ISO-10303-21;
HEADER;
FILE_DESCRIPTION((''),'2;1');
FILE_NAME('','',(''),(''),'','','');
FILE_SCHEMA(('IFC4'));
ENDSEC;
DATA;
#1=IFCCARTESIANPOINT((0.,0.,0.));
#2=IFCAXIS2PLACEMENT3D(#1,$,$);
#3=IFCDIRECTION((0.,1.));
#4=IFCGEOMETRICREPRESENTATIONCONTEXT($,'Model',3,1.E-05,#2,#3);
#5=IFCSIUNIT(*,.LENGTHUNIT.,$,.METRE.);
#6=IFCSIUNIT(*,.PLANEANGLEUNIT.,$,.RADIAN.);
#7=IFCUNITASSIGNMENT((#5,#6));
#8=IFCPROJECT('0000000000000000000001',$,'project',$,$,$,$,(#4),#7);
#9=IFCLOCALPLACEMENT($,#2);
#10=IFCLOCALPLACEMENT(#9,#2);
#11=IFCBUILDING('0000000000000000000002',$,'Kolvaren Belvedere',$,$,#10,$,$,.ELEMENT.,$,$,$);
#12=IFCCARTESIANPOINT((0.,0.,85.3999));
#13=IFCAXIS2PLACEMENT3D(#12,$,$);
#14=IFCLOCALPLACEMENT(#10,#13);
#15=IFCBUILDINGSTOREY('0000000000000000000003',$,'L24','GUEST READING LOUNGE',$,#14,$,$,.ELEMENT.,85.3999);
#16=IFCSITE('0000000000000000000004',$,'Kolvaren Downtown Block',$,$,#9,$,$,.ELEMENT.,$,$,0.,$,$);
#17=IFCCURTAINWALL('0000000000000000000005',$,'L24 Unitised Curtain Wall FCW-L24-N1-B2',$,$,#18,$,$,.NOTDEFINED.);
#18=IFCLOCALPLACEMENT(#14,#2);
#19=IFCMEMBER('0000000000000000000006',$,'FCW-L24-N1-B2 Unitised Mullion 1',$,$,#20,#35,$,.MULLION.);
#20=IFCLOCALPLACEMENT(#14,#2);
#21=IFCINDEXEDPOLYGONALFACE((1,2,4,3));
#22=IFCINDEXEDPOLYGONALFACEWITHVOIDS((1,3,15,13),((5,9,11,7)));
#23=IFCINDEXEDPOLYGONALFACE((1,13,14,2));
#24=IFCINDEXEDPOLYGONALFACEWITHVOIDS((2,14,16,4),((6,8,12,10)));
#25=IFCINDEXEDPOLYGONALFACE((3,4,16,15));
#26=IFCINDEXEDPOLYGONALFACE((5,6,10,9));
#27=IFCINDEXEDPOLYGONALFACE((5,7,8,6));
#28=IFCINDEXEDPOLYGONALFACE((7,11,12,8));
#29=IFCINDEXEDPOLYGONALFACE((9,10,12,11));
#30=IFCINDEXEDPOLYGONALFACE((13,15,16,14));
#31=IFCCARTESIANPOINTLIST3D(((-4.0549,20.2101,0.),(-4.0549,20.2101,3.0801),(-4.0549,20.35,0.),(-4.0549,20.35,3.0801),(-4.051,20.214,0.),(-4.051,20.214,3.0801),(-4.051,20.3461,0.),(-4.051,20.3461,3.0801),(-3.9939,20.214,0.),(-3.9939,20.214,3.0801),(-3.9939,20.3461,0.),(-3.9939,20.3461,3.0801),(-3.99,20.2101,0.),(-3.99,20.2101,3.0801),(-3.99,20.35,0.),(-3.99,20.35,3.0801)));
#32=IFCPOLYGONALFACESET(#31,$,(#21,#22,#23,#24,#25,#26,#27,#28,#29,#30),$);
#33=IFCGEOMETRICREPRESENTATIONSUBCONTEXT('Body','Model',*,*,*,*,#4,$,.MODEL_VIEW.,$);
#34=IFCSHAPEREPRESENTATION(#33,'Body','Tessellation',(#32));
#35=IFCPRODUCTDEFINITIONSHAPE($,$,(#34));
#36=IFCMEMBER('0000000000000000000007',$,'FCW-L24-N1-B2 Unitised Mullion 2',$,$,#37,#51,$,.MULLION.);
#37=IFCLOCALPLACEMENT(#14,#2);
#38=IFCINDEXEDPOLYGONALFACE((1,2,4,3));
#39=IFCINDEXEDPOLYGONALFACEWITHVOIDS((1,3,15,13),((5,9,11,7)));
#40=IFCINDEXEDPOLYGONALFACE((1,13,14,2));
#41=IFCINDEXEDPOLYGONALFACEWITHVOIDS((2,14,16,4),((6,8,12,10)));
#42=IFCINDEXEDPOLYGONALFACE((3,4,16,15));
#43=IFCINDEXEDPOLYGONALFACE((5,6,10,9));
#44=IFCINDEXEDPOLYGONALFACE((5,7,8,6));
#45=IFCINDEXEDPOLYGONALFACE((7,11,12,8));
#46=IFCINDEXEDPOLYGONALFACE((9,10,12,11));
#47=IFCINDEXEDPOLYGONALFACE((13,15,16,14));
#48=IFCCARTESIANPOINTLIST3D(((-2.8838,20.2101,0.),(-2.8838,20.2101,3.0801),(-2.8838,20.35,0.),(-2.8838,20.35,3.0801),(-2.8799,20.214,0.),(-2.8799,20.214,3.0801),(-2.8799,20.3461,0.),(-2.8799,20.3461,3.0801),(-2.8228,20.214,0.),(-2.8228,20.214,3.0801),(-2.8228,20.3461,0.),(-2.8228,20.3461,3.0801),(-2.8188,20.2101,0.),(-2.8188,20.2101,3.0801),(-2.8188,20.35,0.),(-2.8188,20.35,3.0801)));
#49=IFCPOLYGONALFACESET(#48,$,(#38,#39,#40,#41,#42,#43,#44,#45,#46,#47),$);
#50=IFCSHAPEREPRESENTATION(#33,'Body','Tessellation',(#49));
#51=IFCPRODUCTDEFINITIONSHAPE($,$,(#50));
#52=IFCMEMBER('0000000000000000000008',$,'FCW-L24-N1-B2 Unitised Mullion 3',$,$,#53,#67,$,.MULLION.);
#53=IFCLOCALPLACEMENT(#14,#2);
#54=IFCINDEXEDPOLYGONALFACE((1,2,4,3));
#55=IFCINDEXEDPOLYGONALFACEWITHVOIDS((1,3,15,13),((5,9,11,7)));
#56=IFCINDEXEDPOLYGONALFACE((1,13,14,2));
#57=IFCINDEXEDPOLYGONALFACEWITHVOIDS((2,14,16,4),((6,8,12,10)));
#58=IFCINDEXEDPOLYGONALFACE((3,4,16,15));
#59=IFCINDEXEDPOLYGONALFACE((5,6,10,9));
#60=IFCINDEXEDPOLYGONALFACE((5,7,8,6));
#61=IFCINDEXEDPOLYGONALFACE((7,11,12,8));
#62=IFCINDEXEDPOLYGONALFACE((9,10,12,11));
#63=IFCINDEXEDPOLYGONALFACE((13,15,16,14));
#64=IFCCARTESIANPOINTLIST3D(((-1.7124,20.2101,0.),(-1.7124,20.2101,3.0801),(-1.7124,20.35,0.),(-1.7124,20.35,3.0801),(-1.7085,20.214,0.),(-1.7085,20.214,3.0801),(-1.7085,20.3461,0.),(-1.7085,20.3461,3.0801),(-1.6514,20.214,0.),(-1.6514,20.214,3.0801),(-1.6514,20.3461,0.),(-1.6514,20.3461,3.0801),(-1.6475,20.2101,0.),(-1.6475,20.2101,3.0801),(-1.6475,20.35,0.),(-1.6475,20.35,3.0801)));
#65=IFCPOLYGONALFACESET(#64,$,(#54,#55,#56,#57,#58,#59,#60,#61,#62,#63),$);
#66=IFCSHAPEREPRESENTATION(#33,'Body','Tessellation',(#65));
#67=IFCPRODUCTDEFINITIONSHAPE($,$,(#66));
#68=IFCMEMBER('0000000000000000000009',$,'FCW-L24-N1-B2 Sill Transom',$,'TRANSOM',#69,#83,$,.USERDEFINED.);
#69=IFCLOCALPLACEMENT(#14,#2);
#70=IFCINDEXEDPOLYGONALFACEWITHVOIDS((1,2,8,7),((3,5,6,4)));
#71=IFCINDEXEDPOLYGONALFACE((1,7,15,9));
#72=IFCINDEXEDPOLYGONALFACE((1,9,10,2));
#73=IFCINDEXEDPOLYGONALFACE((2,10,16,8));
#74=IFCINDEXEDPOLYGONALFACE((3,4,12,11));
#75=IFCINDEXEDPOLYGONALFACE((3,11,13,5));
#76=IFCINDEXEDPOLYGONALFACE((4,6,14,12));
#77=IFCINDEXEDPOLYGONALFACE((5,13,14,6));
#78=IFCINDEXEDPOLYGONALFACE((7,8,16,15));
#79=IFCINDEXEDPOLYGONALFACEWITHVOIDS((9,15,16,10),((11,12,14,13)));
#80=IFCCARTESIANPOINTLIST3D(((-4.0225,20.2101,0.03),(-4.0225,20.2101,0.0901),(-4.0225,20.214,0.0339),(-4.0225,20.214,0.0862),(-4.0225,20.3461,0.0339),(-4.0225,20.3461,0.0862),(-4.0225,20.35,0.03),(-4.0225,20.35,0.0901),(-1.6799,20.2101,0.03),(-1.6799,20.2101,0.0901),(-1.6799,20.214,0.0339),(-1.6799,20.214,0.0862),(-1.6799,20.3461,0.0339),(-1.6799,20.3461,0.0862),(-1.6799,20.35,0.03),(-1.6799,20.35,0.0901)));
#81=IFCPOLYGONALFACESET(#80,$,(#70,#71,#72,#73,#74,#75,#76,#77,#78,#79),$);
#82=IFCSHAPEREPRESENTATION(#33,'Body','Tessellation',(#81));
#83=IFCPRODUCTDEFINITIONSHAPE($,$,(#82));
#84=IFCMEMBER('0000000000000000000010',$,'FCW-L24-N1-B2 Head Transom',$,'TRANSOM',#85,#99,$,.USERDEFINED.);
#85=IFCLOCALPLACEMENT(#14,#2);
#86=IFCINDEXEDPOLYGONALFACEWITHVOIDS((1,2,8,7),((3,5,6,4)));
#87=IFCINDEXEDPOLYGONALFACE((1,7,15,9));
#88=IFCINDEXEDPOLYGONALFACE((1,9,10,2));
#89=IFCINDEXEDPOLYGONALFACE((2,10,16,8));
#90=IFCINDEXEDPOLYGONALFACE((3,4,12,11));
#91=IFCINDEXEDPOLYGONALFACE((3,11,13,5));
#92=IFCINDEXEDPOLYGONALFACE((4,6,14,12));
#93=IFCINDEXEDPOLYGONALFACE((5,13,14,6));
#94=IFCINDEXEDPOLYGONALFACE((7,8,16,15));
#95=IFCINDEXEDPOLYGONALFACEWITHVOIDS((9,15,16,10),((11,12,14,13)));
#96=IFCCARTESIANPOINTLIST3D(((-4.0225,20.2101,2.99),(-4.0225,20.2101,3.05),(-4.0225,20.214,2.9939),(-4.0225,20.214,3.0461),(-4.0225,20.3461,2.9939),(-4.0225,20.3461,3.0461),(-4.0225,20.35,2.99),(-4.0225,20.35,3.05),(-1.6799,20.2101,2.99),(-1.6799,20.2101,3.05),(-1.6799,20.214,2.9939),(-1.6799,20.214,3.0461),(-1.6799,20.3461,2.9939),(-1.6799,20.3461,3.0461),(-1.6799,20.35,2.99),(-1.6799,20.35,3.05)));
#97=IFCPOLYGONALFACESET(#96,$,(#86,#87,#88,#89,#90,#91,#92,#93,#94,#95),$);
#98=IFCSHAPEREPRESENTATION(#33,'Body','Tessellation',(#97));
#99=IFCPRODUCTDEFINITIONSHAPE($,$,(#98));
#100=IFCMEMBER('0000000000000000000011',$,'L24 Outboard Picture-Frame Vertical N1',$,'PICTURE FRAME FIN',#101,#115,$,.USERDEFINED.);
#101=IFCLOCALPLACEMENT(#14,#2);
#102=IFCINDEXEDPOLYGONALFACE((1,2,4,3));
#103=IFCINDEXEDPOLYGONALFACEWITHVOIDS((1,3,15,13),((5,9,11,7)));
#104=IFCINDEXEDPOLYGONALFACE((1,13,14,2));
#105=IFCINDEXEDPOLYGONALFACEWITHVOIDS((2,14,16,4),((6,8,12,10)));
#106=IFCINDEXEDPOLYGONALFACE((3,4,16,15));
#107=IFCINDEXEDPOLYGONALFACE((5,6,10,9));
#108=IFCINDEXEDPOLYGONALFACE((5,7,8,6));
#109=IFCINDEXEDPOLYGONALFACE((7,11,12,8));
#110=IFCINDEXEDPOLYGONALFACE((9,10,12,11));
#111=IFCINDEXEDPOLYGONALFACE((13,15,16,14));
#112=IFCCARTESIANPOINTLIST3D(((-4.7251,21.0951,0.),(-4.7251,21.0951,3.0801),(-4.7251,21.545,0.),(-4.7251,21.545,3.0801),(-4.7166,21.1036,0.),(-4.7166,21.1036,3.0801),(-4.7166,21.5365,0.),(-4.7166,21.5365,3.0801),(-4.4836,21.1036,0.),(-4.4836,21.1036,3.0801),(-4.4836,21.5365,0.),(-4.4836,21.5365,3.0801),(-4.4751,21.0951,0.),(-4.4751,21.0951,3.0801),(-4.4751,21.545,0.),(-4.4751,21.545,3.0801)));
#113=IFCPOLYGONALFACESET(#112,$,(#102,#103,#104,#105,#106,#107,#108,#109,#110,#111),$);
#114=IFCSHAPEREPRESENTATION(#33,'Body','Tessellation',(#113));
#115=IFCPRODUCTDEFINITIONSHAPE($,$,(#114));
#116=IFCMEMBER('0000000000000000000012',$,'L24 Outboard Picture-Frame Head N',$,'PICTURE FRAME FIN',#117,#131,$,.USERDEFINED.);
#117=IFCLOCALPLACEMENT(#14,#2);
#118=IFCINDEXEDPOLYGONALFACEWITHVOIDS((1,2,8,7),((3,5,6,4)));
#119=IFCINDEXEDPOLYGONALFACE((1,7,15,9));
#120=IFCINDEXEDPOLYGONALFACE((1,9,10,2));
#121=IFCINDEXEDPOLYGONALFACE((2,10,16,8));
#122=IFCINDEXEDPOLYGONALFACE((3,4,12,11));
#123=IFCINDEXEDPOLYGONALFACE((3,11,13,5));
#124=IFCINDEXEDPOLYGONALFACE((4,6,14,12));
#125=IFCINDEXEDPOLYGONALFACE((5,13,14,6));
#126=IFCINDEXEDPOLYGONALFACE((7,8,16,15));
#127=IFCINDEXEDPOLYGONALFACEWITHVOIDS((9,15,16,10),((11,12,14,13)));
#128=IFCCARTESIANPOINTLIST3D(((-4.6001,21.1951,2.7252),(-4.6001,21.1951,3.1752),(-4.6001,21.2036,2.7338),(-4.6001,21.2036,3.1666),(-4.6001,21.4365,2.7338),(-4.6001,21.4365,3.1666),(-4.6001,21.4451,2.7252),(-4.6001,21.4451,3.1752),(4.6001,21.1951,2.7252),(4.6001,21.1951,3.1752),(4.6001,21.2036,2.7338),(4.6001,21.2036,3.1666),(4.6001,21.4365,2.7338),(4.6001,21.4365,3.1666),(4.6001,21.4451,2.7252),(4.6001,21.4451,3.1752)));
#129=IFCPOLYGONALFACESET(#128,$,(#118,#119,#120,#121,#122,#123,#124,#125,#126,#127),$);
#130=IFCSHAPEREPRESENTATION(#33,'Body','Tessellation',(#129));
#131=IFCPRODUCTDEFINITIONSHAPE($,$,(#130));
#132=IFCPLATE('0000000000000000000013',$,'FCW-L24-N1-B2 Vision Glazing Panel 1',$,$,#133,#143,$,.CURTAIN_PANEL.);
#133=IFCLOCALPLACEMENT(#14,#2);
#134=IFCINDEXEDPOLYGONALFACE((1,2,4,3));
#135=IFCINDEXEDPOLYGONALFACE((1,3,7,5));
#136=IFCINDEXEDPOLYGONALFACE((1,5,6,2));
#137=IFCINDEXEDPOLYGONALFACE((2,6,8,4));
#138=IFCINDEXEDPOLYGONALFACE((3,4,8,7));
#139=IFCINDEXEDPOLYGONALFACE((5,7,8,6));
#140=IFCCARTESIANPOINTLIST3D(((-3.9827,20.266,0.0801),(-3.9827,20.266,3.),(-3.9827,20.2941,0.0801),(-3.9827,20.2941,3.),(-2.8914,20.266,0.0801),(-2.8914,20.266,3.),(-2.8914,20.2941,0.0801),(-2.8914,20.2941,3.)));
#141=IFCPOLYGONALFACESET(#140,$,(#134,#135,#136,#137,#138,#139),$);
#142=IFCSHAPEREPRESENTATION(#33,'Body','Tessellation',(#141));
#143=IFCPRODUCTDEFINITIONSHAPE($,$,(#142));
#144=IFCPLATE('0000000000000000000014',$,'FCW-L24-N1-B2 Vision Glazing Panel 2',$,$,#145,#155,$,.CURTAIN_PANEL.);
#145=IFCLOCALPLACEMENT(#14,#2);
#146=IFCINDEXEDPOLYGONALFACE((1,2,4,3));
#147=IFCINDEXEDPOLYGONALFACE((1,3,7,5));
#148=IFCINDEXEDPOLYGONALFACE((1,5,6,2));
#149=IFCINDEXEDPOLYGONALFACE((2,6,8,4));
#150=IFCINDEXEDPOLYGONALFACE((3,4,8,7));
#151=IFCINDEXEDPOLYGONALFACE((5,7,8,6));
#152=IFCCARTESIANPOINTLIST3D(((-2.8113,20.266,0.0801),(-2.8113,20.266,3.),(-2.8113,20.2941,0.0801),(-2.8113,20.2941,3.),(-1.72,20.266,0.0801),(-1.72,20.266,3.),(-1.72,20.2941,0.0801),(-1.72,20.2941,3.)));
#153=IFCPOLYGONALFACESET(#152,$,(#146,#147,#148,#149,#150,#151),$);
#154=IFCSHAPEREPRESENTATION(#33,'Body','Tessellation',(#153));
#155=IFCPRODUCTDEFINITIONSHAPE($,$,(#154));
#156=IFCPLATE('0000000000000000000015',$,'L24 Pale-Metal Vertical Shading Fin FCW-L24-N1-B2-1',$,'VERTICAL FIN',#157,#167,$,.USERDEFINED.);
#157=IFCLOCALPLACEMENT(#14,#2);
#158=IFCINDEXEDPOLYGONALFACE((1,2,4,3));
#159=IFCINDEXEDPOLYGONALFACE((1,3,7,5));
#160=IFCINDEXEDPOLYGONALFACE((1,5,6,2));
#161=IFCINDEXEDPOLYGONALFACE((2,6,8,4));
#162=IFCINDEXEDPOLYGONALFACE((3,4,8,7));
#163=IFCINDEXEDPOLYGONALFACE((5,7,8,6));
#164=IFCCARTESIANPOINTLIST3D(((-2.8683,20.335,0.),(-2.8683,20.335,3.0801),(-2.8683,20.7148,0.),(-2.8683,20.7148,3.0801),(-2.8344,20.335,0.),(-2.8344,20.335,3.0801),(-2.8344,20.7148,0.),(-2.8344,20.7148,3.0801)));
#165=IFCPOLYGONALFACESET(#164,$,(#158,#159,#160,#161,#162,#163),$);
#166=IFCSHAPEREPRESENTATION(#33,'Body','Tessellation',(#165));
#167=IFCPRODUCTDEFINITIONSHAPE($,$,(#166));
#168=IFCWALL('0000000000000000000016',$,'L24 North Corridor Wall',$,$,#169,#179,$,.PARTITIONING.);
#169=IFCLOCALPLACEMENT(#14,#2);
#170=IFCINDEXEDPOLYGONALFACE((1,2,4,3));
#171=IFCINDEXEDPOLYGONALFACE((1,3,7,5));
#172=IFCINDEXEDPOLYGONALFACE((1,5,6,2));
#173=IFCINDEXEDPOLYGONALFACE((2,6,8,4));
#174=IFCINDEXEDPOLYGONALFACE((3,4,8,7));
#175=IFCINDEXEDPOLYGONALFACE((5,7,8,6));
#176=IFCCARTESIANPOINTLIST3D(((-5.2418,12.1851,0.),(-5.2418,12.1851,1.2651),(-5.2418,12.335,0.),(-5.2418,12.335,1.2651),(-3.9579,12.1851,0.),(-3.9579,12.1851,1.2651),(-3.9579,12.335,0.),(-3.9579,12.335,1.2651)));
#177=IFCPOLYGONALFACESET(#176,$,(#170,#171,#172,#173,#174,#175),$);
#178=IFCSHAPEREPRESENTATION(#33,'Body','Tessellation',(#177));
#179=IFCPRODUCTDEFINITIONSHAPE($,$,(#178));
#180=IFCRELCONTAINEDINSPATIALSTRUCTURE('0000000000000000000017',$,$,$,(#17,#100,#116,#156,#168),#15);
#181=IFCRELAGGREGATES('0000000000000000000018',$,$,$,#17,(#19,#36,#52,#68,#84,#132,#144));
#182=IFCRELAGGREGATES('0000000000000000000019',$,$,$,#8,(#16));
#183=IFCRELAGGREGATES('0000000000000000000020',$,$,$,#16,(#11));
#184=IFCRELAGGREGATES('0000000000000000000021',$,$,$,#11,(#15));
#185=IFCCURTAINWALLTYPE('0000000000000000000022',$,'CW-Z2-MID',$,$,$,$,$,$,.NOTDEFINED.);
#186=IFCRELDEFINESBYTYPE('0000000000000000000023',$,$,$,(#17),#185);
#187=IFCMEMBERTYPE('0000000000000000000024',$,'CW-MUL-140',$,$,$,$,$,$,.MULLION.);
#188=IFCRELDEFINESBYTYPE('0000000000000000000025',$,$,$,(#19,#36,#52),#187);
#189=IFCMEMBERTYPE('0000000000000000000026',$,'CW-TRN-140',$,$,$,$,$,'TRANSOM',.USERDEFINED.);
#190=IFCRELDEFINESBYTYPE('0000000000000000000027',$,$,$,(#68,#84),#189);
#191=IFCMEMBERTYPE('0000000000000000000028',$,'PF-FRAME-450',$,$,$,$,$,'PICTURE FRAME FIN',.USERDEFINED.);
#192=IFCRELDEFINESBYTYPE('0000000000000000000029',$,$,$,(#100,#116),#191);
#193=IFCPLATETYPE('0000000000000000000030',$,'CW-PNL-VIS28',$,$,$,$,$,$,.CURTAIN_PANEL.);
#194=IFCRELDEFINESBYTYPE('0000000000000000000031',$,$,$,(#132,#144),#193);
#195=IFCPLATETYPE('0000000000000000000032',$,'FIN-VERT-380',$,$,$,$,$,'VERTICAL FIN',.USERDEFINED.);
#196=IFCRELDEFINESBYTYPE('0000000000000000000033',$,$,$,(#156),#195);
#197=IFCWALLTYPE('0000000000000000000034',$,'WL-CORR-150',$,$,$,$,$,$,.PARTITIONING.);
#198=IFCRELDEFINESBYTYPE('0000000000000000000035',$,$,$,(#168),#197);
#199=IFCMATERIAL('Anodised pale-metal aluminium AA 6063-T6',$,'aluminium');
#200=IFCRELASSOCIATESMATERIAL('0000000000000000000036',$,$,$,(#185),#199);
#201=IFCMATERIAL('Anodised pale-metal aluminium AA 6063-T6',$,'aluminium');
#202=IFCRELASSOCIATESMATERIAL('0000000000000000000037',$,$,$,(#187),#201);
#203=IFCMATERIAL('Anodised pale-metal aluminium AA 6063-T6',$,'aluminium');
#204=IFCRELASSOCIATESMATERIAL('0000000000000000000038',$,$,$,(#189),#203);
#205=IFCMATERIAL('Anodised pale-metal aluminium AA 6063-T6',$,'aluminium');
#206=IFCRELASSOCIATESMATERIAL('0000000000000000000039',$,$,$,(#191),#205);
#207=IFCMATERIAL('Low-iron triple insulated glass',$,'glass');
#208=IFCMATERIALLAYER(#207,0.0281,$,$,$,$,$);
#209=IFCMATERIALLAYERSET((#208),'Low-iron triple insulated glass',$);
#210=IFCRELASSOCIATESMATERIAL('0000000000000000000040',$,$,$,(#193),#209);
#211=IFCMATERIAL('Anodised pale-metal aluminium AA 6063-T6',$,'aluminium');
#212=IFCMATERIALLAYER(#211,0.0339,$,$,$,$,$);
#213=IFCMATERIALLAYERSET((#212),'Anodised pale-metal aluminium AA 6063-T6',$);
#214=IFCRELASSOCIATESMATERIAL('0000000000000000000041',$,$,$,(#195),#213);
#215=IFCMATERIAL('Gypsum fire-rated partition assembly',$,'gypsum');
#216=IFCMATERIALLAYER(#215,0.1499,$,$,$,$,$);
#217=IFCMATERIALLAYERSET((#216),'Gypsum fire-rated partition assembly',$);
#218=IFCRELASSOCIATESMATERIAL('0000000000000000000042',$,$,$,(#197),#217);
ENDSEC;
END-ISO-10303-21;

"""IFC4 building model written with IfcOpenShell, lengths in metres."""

from ifc_helpers import new_model, si_unit, direction, frame, frame_2d, origin, origin_2d, place, context, subcontext, project, spatial, rectangle, hollow_rectangle, extrude, material, layer, layer_set, material_profile, profile_set, type_object, element, aggregate, save


model = new_model("IFC4")

# Units and contexts
model_context = context("Model", 3, precision=1e-05, world=origin(), true_north=direction((0.0, 1.0)))
body_context = subcontext(model_context, "Body", "Model", "MODEL_VIEW")
ifc_project = project(units=[si_unit("LENGTHUNIT", "METRE"), si_unit("PLANEANGLEUNIT", "RADIAN")], contexts=[model_context])

# Site, building, storey
site_placement = place(None, origin())
site = spatial("IfcSite", under=ifc_project, at=site_placement, Name="Kolvaren Downtown Block", CompositionType="ELEMENT", RefElevation=0.0)
building_placement = place(site_placement, origin())
building = spatial("IfcBuilding", under=site, at=building_placement, Name="Kolvaren Belvedere", CompositionType="ELEMENT")
storey_placement = place(building_placement, frame((0.0, 0.0, 85.3999)))
storey = spatial("IfcBuildingStorey", under=building, at=storey_placement, Name="L24", Description="GUEST READING LOUNGE", CompositionType="ELEMENT", Elevation=85.3999)

# Shared definitions
ifc_material_1 = material(Name="Anodised pale-metal aluminium AA 6063-T6", Category="aluminium")
curtain_wall_type = type_object("IfcCurtainWallType", Name="CW-Z2-MID", PredefinedType="NOTDEFINED", material=ifc_material_1)
ifc_material_2 = material(Name="Anodised pale-metal aluminium AA 6063-T6", Category="aluminium")
ifc_material_profile_1 = material_profile(ifc_material_2, hollow_rectangle(XDim=0.0649, YDim=0.1399, WallThickness=0.0039, at=origin_2d()), Name="ALU-MUL-140X65")
ifc_profile_set_1 = profile_set([ifc_material_profile_1], Name="Anodised pale-metal aluminium AA 6063-T6")
member_type_1 = type_object("IfcMemberType", Name="CW-MUL-140", PredefinedType="MULLION", material=ifc_profile_set_1)

# Curtain wall, members
curtain_wall_1_placement = place(storey_placement, origin())
curtain_wall_1 = element("IfcCurtainWall", 1, at=curtain_wall_1_placement, inside=storey, type_object=curtain_wall_type, Name="L24 Unitised Curtain Wall FCW-L24-N1-B2", PredefinedType="NOTDEFINED")
member_1_placement = place(storey_placement, frame((-4.0225, 20.28, 0.0), z_axis=(0.0, 0.0, 1.0), x_axis=(1.0, 0.0, 0.0)))
member_1 = element("IfcMember", 2, at=member_1_placement, type_object=member_type_1, Name="FCW-L24-N1-B2 Unitised Mullion 1", PredefinedType="MULLION", context=body_context, shape_type="SweptSolid", body=[
    extrude(hollow_rectangle(XDim=0.0649, YDim=0.1399, WallThickness=0.0039, at=origin_2d()), origin(), (0.0, 0.0, 1.0), 3.0801),
])
member_2_placement = place(storey_placement, frame((-2.8513, 20.28, 0.0), z_axis=(0.0, 0.0, 1.0), x_axis=(1.0, 0.0, 0.0)))
member_2 = element("IfcMember", 3, at=member_2_placement, type_object=member_type_1, Name="FCW-L24-N1-B2 Unitised Mullion 2", PredefinedType="MULLION", context=body_context, shape_type="SweptSolid", body=[
    extrude(hollow_rectangle(XDim=0.0649, YDim=0.1399, WallThickness=0.0039, at=origin_2d()), origin(), (0.0, 0.0, 1.0), 3.0801),
])
member_3_placement = place(storey_placement, frame((-1.6799, 20.28, 0.0), z_axis=(0.0, 0.0, 1.0), x_axis=(1.0, 0.0, 0.0)))
member_3 = element("IfcMember", 4, at=member_3_placement, type_object=member_type_1, Name="FCW-L24-N1-B2 Unitised Mullion 3", PredefinedType="MULLION", context=body_context, shape_type="SweptSolid", body=[
    extrude(hollow_rectangle(XDim=0.0649, YDim=0.1399, WallThickness=0.0039, at=origin_2d()), origin(), (0.0, 0.0, 1.0), 3.0801),
])
ifc_material_3 = material(Name="Anodised pale-metal aluminium AA 6063-T6", Category="aluminium")
ifc_material_profile_2 = material_profile(ifc_material_3, hollow_rectangle(XDim=0.0601, YDim=0.1399, WallThickness=0.0039, at=origin_2d()), Name="ALU-TRN-140X60")
ifc_profile_set_2 = profile_set([ifc_material_profile_2], Name="Anodised pale-metal aluminium AA 6063-T6")
member_type_2 = type_object("IfcMemberType", Name="CW-TRN-140", ElementType="TRANSOM", PredefinedType="USERDEFINED", material=ifc_profile_set_2)
member_4_placement = place(storey_placement, frame((-4.0225, 20.28, 0.0601), z_axis=(1.0, 0.0, 0.0), x_axis=(0.0, 0.0, 1.0)))
member_4 = element("IfcMember", 5, at=member_4_placement, type_object=member_type_2, Name="FCW-L24-N1-B2 Sill Transom", ObjectType="TRANSOM", PredefinedType="USERDEFINED", context=body_context, shape_type="SweptSolid", body=[
    extrude(hollow_rectangle(XDim=0.0601, YDim=0.1399, WallThickness=0.0039, at=origin_2d()), origin(), (0.0, 0.0, 1.0), 2.3425),
])
member_5_placement = place(storey_placement, frame((-4.0225, 20.28, 3.02), z_axis=(1.0, 0.0, 0.0), x_axis=(0.0, 0.0, 1.0)))
member_5 = element("IfcMember", 6, at=member_5_placement, type_object=member_type_2, Name="FCW-L24-N1-B2 Head Transom", ObjectType="TRANSOM", PredefinedType="USERDEFINED", context=body_context, shape_type="SweptSolid", body=[
    extrude(hollow_rectangle(XDim=0.0601, YDim=0.1399, WallThickness=0.0039, at=origin_2d()), origin(), (0.0, 0.0, 1.0), 2.3425),
])

# Members
ifc_material_4 = material(Name="Anodised pale-metal aluminium AA 6063-T6", Category="aluminium")
ifc_material_profile_3 = material_profile(ifc_material_4, hollow_rectangle(XDim=0.25, YDim=0.45, WallThickness=0.0085, at=origin_2d()), Name="ALU-PF-450X250")
ifc_profile_set_3 = profile_set([ifc_material_profile_3], Name="Anodised pale-metal aluminium AA 6063-T6")
member_type_3 = type_object("IfcMemberType", Name="PF-FRAME-450", ElementType="PICTURE FRAME FIN", PredefinedType="USERDEFINED", material=ifc_profile_set_3)
member_6_placement = place(storey_placement, frame((-4.6001, 21.3201, 0.0), z_axis=(0.0, 0.0, 1.0), x_axis=(1.0, 0.0, 0.0)))
element("IfcMember", 7, at=member_6_placement, inside=storey, type_object=member_type_3, Name="L24 Outboard Picture-Frame Vertical N1", ObjectType="PICTURE FRAME FIN", PredefinedType="USERDEFINED", context=body_context, shape_type="SweptSolid", body=[
    extrude(hollow_rectangle(XDim=0.25, YDim=0.45, WallThickness=0.0085, at=origin_2d()), origin(), (0.0, 0.0, 1.0), 3.0801),
])
member_7_placement = place(storey_placement, frame((-4.6001, 21.3201, 2.9502), z_axis=(1.0, 0.0, 0.0), x_axis=(0.0, 1.0, 0.0)))
element("IfcMember", 8, at=member_7_placement, inside=storey, type_object=member_type_3, Name="L24 Outboard Picture-Frame Head N", ObjectType="PICTURE FRAME FIN", PredefinedType="USERDEFINED", context=body_context, shape_type="SweptSolid", body=[
    extrude(hollow_rectangle(XDim=0.25, YDim=0.45, WallThickness=0.0085, at=origin_2d()), origin(), (0.0, 0.0, 1.0), 9.2002),
])

# Plates
ifc_material_5 = material(Name="Low-iron triple insulated glass", Category="glass")
ifc_layer_1 = layer(ifc_material_5, 0.0281)
ifc_layer_set_1 = layer_set([ifc_layer_1], Name="Low-iron triple insulated glass")
plate_type_1 = type_object("IfcPlateType", Name="CW-PNL-VIS28", PredefinedType="CURTAIN_PANEL", material=ifc_layer_set_1)
plate_1_placement = place(storey_placement, frame((-3.437, 20.28, 0.0801), z_axis=(0.0, 0.0, 1.0), x_axis=(1.0, 0.0, 0.0)))
plate_1 = element("IfcPlate", 9, at=plate_1_placement, type_object=plate_type_1, Name="FCW-L24-N1-B2 Vision Glazing Panel 1", PredefinedType="CURTAIN_PANEL", context=body_context, shape_type="SweptSolid", body=[
    extrude(rectangle(XDim=1.0913, YDim=0.0281, at=origin_2d()), origin(), (0.0, 0.0, 1.0), 2.9199),
])
plate_2_placement = place(storey_placement, frame((-2.2656, 20.28, 0.0801), z_axis=(0.0, 0.0, 1.0), x_axis=(1.0, 0.0, 0.0)))
plate_2 = element("IfcPlate", 10, at=plate_2_placement, type_object=plate_type_1, Name="FCW-L24-N1-B2 Vision Glazing Panel 2", PredefinedType="CURTAIN_PANEL", context=body_context, shape_type="SweptSolid", body=[
    extrude(rectangle(XDim=1.0913, YDim=0.0281, at=origin_2d()), origin(), (0.0, 0.0, 1.0), 2.9199),
])
aggregate(curtain_wall_1, [member_1, member_2, member_3, member_4, member_5, plate_1, plate_2])
ifc_material_6 = material(Name="Anodised pale-metal aluminium AA 6063-T6", Category="aluminium")
ifc_layer_2 = layer(ifc_material_6, 0.0339)
ifc_layer_set_2 = layer_set([ifc_layer_2], Name="Anodised pale-metal aluminium AA 6063-T6")
plate_type_2 = type_object("IfcPlateType", Name="FIN-VERT-380", ElementType="VERTICAL FIN", PredefinedType="USERDEFINED", material=ifc_layer_set_2)
plate_3_placement = place(storey_placement, frame((-2.8513, 20.5249, 0.0), z_axis=(0.0, 0.0, 1.0), x_axis=(0.0, 1.0, 0.0)))
element("IfcPlate", 11, at=plate_3_placement, inside=storey, type_object=plate_type_2, Name="L24 Pale-Metal Vertical Shading Fin FCW-L24-N1-B2-1", ObjectType="VERTICAL FIN", PredefinedType="USERDEFINED", context=body_context, shape_type="SweptSolid", body=[
    extrude(rectangle(XDim=0.3799, YDim=0.0339, at=origin_2d()), origin(), (0.0, 0.0, 1.0), 3.0801),
])

# Wall
ifc_material_7 = material(Name="Gypsum fire-rated partition assembly", Category="gypsum")
ifc_layer_3 = layer(ifc_material_7, 0.1499)
ifc_layer_set_3 = layer_set([ifc_layer_3], Name="Gypsum fire-rated partition assembly")
wall_type_1 = type_object("IfcWallType", Name="WL-CORR-150", PredefinedType="PARTITIONING", material=ifc_layer_set_3)
wall_1_placement = place(storey_placement, frame((-5.2419, 12.26, 0.0), z_axis=(0.0, 0.0, 1.0), x_axis=(1.0, 0.0, 0.0)))
element("IfcWall", 12, at=wall_1_placement, inside=storey, type_object=wall_type_1, Name="L24 North Corridor Wall", PredefinedType="PARTITIONING", context=body_context, shape_type="SweptSolid", body=[
    extrude(rectangle(XDim=1.2839, YDim=0.1499, at=frame_2d((0.6421, 0.0))), origin(), (0.0, 0.0, 1.0), 1.2651),
])

save(model, "model.ifc")
